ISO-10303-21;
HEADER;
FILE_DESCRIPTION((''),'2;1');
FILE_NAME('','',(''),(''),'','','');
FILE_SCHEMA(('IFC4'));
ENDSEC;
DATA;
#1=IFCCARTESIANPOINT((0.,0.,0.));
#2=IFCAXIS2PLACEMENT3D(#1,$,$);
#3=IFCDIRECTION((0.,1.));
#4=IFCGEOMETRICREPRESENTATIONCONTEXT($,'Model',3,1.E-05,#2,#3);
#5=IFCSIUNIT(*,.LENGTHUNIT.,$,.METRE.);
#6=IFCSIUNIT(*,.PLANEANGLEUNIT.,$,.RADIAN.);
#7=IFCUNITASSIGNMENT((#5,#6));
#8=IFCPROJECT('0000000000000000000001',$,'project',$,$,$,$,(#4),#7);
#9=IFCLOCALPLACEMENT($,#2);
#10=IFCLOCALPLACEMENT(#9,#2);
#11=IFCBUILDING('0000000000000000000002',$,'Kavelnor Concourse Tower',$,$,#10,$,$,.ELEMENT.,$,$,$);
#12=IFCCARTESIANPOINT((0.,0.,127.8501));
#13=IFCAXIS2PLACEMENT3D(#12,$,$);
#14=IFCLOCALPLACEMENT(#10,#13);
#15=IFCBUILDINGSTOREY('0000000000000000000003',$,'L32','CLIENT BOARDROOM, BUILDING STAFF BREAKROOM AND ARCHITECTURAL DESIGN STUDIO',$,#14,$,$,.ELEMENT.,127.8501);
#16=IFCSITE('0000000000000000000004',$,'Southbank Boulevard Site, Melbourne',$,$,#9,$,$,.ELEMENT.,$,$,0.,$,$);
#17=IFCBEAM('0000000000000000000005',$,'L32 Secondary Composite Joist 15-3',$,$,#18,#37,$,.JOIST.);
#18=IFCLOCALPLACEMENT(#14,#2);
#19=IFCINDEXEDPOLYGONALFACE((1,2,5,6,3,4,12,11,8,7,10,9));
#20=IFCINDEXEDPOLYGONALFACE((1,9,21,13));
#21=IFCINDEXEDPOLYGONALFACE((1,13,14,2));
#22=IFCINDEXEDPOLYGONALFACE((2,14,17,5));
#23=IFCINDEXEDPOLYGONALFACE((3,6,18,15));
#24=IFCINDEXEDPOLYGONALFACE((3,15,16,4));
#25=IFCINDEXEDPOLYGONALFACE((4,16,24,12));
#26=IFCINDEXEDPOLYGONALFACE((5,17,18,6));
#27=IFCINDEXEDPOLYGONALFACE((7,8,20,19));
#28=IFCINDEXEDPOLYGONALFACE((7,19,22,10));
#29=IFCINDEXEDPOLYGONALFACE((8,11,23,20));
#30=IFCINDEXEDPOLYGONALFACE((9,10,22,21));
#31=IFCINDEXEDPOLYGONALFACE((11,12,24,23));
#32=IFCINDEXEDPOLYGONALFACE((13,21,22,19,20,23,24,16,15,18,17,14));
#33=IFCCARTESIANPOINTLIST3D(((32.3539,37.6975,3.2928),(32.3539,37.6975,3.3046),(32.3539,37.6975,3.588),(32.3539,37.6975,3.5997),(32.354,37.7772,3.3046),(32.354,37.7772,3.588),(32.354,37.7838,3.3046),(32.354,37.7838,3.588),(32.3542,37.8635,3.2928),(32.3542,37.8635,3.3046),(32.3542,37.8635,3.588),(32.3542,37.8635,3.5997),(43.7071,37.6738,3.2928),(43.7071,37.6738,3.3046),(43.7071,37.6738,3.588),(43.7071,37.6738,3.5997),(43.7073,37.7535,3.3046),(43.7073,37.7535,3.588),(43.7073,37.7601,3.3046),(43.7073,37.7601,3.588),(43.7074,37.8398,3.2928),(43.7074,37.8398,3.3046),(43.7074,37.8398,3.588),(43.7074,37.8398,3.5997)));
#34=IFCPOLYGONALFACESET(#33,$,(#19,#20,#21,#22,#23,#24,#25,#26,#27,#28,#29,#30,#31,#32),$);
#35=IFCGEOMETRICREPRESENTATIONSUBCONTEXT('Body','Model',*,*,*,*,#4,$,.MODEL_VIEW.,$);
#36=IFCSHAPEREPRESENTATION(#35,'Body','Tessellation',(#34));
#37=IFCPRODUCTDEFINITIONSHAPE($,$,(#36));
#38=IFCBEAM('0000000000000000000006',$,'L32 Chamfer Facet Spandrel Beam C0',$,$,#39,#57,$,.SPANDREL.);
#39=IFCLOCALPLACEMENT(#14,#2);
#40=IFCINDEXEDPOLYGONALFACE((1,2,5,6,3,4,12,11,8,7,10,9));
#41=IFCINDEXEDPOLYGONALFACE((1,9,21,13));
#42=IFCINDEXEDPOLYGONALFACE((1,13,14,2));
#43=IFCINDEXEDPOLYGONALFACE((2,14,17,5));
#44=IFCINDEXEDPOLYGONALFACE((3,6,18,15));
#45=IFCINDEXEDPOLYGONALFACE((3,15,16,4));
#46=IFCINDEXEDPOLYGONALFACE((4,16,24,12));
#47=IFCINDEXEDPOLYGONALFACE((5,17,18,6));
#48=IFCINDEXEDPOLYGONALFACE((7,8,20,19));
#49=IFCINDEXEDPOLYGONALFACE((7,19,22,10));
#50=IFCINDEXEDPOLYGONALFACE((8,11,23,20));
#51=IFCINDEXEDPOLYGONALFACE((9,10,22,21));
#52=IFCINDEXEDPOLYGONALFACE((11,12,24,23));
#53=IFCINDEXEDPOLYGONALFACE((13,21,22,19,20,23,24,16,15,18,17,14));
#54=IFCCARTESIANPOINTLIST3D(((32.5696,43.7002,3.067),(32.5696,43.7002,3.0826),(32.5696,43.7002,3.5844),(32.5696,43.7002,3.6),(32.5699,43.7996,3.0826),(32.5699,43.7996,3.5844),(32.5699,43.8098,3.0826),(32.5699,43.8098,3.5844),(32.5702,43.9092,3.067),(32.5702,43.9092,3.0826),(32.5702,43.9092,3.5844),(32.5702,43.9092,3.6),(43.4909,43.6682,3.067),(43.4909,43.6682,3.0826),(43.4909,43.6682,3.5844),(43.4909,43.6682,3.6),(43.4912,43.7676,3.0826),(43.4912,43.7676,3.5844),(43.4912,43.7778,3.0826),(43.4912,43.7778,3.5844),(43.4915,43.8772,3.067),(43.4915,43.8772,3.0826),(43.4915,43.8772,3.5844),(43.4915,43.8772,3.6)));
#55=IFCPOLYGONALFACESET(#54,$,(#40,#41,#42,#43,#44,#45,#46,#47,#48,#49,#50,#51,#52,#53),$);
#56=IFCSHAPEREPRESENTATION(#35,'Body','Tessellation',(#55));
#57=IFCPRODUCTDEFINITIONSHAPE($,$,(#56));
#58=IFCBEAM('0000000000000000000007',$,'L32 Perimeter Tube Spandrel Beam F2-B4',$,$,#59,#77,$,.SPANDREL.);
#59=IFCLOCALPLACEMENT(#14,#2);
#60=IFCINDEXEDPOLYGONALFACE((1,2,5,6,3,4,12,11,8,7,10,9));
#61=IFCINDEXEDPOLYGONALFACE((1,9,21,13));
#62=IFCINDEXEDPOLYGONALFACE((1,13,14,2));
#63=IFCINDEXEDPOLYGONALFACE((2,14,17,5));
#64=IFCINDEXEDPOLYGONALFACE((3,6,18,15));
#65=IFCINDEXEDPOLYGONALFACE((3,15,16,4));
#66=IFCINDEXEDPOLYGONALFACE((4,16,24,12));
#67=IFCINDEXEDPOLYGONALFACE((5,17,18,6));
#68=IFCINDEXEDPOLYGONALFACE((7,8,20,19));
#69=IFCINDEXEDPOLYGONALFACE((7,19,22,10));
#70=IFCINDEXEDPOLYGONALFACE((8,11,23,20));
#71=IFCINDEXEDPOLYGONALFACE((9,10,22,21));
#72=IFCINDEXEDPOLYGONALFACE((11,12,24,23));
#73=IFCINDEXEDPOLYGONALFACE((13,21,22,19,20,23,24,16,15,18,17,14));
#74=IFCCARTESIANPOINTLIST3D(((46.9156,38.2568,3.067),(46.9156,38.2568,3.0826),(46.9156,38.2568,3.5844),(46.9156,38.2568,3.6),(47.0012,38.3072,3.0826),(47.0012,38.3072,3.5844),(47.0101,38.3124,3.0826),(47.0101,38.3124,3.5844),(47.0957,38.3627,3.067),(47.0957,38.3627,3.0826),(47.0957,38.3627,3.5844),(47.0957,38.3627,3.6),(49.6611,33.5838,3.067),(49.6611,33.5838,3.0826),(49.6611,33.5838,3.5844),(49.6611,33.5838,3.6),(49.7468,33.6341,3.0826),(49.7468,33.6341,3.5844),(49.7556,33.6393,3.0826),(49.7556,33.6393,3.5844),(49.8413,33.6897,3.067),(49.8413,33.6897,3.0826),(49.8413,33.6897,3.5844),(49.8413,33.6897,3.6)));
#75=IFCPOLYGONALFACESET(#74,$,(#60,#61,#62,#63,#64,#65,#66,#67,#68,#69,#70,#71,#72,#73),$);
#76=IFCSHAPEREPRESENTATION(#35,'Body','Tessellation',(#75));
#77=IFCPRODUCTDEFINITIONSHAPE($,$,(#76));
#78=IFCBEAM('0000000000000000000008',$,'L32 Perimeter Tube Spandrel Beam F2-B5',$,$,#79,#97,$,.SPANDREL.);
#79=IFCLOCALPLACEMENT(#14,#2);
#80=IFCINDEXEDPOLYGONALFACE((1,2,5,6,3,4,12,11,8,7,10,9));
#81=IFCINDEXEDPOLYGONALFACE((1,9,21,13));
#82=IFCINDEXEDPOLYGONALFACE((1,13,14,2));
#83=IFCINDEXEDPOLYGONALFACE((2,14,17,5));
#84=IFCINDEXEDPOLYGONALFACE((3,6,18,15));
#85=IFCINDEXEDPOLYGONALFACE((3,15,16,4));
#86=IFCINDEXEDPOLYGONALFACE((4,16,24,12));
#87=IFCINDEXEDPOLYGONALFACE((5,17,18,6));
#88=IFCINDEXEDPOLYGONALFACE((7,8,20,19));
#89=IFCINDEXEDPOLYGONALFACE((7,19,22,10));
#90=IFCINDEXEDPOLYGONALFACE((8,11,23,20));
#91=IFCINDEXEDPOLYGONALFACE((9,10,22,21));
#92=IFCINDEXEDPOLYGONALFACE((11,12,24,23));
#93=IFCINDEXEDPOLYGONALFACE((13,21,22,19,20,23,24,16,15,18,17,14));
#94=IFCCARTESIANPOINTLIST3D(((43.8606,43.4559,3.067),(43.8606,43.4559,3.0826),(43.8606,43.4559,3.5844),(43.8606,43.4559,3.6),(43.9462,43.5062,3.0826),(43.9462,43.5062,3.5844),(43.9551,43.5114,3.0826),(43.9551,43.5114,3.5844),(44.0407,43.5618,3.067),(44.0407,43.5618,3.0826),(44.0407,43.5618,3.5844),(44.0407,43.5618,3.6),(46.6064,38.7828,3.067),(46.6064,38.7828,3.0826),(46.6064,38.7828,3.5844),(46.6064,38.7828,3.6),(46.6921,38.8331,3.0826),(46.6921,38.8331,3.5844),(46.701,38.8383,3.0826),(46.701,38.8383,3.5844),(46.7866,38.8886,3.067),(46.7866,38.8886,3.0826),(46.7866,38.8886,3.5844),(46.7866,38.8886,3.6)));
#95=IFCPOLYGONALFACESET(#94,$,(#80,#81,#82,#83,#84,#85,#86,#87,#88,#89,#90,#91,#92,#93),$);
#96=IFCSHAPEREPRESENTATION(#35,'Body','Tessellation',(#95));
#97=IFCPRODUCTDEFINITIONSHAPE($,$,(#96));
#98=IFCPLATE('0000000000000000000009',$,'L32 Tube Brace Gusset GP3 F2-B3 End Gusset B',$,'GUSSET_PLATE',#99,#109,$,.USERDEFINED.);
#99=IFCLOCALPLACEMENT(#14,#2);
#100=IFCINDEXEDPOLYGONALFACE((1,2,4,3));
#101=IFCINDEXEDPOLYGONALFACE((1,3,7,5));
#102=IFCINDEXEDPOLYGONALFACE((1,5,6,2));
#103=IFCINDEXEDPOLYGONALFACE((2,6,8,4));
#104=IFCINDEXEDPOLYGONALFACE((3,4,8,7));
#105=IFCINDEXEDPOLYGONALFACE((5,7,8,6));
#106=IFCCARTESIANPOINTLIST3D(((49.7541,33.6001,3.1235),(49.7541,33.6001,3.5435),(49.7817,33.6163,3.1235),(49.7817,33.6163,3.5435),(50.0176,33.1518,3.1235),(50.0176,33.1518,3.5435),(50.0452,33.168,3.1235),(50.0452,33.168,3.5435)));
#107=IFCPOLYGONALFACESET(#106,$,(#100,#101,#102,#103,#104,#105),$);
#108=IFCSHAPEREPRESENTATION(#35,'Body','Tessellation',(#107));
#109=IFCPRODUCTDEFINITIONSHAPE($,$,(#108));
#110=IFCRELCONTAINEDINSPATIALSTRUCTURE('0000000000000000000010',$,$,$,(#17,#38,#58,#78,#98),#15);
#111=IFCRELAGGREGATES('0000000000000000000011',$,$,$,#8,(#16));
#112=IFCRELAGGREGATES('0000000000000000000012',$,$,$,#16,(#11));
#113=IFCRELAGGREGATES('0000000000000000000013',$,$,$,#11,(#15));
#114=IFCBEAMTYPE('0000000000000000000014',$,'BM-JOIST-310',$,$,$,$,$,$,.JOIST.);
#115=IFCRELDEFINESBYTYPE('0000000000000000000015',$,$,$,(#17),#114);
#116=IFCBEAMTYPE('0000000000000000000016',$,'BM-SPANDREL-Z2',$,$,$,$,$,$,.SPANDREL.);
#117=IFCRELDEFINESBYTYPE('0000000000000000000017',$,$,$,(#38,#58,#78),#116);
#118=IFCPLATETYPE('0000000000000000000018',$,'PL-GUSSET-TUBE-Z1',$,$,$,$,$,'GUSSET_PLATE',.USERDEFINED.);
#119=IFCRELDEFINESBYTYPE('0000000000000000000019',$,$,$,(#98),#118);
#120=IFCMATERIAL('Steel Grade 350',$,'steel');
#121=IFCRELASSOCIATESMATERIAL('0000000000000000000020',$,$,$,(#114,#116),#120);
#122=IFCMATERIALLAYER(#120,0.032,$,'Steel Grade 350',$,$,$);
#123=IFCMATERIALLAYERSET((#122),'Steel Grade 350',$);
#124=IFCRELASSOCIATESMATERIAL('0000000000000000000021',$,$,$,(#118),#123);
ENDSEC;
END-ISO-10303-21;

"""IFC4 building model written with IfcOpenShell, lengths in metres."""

from ifc_helpers import new_model, si_unit, direction, frame, origin, origin_2d, place, context, subcontext, project, spatial, rectangle, i_section, extrude, material, layer, layer_set, material_profile, profile_set, type_object, element, save


model = new_model("IFC4")

# Units and contexts
model_context = context("Model", 3, precision=1e-05, world=origin(), true_north=direction((0.0, 1.0)))
body_context = subcontext(model_context, "Body", "Model", "MODEL_VIEW")
ifc_project = project(units=[si_unit("LENGTHUNIT", "METRE"), si_unit("PLANEANGLEUNIT", "RADIAN")], contexts=[model_context])

# Site, building, storey
site_placement = place(None, origin())
site = spatial("IfcSite", under=ifc_project, at=site_placement, Name="Southbank Boulevard Site, Melbourne", CompositionType="ELEMENT", RefElevation=0.0)
building_placement = place(site_placement, origin())
building = spatial("IfcBuilding", under=site, at=building_placement, Name="Kavelnor Concourse Tower", CompositionType="ELEMENT")
storey_placement = place(building_placement, frame((0.0, 0.0, 127.8501)))
storey = spatial("IfcBuildingStorey", under=building, at=storey_placement, Name="L32", Description="CLIENT BOARDROOM, BUILDING STAFF BREAKROOM AND ARCHITECTURAL DESIGN STUDIO", CompositionType="ELEMENT", Elevation=127.8501)

# Shared definitions
ifc_material_1 = material(Name="Steel Grade 350", Category="steel")

# Beams
ifc_material_profile_1 = material_profile(ifc_material_1, i_section(OverallWidth=0.166, OverallDepth=0.3069, WebThickness=0.0066, FlangeThickness=0.0117, at=origin_2d()), Name="310UB46")
ifc_profile_set_1 = profile_set([ifc_material_profile_1], Name="Steel Grade 350")
beam_type_1 = type_object("IfcBeamType", Name="BM-JOIST-310", PredefinedType="JOIST", material=ifc_profile_set_1)
for number, where, z_axis, x_axis, name in (
    (1, (43.7073, 37.7568, 3.4463), (-0.999998, 0.002086, 0.0), (-0.002086, -0.999998, 0.0), "L32 Secondary Composite Joist 15-3"),
):
    element("IfcBeam", number, at=place(storey_placement, frame(where, z_axis=z_axis, x_axis=x_axis)), inside=storey, type_object=beam_type_1, Name=name, PredefinedType="JOIST", context=body_context, shape_type="SweptSolid", body=[
        extrude(i_section(OverallWidth=0.166, OverallDepth=0.3069, WebThickness=0.0066, FlangeThickness=0.0117, at=origin_2d()), origin(), (0.0, 0.0, 1.0), 11.3533),
    ])
ifc_material_profile_2 = material_profile(ifc_material_1, i_section(OverallWidth=0.209, OverallDepth=0.533, WebThickness=0.0103, FlangeThickness=0.0156, at=origin_2d()), Name="530UB92")
ifc_profile_set_2 = profile_set([ifc_material_profile_2], Name="Steel Grade 350")
beam_type_2 = type_object("IfcBeamType", Name="BM-SPANDREL-Z2", PredefinedType="SPANDREL", material=ifc_profile_set_2)
beam_1_placement = place(storey_placement, frame((43.4912, 43.7727, 3.3335), z_axis=(-0.999996, 0.002928, 0.0), x_axis=(-0.002928, -0.999996, 0.0)))
element("IfcBeam", 2, at=beam_1_placement, inside=storey, type_object=beam_type_2, Name="L32 Chamfer Facet Spandrel Beam C0", PredefinedType="SPANDREL", context=body_context, shape_type="SweptSolid", body=[
    extrude(i_section(OverallWidth=0.209, OverallDepth=0.533, WebThickness=0.0103, FlangeThickness=0.0156, at=origin_2d()), origin(), (0.0, 0.0, 1.0), 10.9214),
])
beam_2_placement = place(storey_placement, frame((49.7512, 33.6367, 3.3335), z_axis=(-0.506571, 0.862198, 0.0), x_axis=(-0.862198, -0.506571, 0.0)))
element("IfcBeam", 3, at=beam_2_placement, inside=storey, type_object=beam_type_2, Name="L32 Perimeter Tube Spandrel Beam F2-B4", PredefinedType="SPANDREL", context=body_context, shape_type="SweptSolid", body=[
    extrude(i_section(OverallWidth=0.209, OverallDepth=0.533, WebThickness=0.0103, FlangeThickness=0.0156, at=origin_2d()), origin(), (0.0, 0.0, 1.0), 5.4199),
])
beam_3_placement = place(storey_placement, frame((46.6965, 38.8357, 3.3335), z_axis=(-0.506605, 0.862178, 0.0), x_axis=(-0.862178, -0.506605, 0.0)))
element("IfcBeam", 4, at=beam_3_placement, inside=storey, type_object=beam_type_2, Name="L32 Perimeter Tube Spandrel Beam F2-B5", PredefinedType="SPANDREL", context=body_context, shape_type="SweptSolid", body=[
    extrude(i_section(OverallWidth=0.209, OverallDepth=0.533, WebThickness=0.0103, FlangeThickness=0.0156, at=origin_2d()), origin(), (0.0, 0.0, 1.0), 5.4202),
])

# Plate
ifc_layer_1 = layer(ifc_material_1, 0.032, Name="Steel Grade 350")
ifc_layer_set_1 = layer_set([ifc_layer_1], Name="Steel Grade 350")
plate_type = type_object("IfcPlateType", Name="PL-GUSSET-TUBE-Z1", ElementType="GUSSET_PLATE", PredefinedType="USERDEFINED", material=ifc_layer_set_1)
plate_placement = place(storey_placement, frame((49.8997, 33.384, 3.1235), z_axis=(0.0, 0.0, 1.0), x_axis=(-0.506636, 0.86216, 0.0)))
element("IfcPlate", 5, at=plate_placement, inside=storey, type_object=plate_type, Name="L32 Tube Brace Gusset GP3 F2-B3 End Gusset B", ObjectType="GUSSET_PLATE", PredefinedType="USERDEFINED", context=body_context, shape_type="SweptSolid", body=[
    extrude(rectangle(XDim=0.52, YDim=0.032, at=origin_2d()), origin(), (0.0, 0.0, 1.0), 0.4199),
])

save(model, "model.ifc")
